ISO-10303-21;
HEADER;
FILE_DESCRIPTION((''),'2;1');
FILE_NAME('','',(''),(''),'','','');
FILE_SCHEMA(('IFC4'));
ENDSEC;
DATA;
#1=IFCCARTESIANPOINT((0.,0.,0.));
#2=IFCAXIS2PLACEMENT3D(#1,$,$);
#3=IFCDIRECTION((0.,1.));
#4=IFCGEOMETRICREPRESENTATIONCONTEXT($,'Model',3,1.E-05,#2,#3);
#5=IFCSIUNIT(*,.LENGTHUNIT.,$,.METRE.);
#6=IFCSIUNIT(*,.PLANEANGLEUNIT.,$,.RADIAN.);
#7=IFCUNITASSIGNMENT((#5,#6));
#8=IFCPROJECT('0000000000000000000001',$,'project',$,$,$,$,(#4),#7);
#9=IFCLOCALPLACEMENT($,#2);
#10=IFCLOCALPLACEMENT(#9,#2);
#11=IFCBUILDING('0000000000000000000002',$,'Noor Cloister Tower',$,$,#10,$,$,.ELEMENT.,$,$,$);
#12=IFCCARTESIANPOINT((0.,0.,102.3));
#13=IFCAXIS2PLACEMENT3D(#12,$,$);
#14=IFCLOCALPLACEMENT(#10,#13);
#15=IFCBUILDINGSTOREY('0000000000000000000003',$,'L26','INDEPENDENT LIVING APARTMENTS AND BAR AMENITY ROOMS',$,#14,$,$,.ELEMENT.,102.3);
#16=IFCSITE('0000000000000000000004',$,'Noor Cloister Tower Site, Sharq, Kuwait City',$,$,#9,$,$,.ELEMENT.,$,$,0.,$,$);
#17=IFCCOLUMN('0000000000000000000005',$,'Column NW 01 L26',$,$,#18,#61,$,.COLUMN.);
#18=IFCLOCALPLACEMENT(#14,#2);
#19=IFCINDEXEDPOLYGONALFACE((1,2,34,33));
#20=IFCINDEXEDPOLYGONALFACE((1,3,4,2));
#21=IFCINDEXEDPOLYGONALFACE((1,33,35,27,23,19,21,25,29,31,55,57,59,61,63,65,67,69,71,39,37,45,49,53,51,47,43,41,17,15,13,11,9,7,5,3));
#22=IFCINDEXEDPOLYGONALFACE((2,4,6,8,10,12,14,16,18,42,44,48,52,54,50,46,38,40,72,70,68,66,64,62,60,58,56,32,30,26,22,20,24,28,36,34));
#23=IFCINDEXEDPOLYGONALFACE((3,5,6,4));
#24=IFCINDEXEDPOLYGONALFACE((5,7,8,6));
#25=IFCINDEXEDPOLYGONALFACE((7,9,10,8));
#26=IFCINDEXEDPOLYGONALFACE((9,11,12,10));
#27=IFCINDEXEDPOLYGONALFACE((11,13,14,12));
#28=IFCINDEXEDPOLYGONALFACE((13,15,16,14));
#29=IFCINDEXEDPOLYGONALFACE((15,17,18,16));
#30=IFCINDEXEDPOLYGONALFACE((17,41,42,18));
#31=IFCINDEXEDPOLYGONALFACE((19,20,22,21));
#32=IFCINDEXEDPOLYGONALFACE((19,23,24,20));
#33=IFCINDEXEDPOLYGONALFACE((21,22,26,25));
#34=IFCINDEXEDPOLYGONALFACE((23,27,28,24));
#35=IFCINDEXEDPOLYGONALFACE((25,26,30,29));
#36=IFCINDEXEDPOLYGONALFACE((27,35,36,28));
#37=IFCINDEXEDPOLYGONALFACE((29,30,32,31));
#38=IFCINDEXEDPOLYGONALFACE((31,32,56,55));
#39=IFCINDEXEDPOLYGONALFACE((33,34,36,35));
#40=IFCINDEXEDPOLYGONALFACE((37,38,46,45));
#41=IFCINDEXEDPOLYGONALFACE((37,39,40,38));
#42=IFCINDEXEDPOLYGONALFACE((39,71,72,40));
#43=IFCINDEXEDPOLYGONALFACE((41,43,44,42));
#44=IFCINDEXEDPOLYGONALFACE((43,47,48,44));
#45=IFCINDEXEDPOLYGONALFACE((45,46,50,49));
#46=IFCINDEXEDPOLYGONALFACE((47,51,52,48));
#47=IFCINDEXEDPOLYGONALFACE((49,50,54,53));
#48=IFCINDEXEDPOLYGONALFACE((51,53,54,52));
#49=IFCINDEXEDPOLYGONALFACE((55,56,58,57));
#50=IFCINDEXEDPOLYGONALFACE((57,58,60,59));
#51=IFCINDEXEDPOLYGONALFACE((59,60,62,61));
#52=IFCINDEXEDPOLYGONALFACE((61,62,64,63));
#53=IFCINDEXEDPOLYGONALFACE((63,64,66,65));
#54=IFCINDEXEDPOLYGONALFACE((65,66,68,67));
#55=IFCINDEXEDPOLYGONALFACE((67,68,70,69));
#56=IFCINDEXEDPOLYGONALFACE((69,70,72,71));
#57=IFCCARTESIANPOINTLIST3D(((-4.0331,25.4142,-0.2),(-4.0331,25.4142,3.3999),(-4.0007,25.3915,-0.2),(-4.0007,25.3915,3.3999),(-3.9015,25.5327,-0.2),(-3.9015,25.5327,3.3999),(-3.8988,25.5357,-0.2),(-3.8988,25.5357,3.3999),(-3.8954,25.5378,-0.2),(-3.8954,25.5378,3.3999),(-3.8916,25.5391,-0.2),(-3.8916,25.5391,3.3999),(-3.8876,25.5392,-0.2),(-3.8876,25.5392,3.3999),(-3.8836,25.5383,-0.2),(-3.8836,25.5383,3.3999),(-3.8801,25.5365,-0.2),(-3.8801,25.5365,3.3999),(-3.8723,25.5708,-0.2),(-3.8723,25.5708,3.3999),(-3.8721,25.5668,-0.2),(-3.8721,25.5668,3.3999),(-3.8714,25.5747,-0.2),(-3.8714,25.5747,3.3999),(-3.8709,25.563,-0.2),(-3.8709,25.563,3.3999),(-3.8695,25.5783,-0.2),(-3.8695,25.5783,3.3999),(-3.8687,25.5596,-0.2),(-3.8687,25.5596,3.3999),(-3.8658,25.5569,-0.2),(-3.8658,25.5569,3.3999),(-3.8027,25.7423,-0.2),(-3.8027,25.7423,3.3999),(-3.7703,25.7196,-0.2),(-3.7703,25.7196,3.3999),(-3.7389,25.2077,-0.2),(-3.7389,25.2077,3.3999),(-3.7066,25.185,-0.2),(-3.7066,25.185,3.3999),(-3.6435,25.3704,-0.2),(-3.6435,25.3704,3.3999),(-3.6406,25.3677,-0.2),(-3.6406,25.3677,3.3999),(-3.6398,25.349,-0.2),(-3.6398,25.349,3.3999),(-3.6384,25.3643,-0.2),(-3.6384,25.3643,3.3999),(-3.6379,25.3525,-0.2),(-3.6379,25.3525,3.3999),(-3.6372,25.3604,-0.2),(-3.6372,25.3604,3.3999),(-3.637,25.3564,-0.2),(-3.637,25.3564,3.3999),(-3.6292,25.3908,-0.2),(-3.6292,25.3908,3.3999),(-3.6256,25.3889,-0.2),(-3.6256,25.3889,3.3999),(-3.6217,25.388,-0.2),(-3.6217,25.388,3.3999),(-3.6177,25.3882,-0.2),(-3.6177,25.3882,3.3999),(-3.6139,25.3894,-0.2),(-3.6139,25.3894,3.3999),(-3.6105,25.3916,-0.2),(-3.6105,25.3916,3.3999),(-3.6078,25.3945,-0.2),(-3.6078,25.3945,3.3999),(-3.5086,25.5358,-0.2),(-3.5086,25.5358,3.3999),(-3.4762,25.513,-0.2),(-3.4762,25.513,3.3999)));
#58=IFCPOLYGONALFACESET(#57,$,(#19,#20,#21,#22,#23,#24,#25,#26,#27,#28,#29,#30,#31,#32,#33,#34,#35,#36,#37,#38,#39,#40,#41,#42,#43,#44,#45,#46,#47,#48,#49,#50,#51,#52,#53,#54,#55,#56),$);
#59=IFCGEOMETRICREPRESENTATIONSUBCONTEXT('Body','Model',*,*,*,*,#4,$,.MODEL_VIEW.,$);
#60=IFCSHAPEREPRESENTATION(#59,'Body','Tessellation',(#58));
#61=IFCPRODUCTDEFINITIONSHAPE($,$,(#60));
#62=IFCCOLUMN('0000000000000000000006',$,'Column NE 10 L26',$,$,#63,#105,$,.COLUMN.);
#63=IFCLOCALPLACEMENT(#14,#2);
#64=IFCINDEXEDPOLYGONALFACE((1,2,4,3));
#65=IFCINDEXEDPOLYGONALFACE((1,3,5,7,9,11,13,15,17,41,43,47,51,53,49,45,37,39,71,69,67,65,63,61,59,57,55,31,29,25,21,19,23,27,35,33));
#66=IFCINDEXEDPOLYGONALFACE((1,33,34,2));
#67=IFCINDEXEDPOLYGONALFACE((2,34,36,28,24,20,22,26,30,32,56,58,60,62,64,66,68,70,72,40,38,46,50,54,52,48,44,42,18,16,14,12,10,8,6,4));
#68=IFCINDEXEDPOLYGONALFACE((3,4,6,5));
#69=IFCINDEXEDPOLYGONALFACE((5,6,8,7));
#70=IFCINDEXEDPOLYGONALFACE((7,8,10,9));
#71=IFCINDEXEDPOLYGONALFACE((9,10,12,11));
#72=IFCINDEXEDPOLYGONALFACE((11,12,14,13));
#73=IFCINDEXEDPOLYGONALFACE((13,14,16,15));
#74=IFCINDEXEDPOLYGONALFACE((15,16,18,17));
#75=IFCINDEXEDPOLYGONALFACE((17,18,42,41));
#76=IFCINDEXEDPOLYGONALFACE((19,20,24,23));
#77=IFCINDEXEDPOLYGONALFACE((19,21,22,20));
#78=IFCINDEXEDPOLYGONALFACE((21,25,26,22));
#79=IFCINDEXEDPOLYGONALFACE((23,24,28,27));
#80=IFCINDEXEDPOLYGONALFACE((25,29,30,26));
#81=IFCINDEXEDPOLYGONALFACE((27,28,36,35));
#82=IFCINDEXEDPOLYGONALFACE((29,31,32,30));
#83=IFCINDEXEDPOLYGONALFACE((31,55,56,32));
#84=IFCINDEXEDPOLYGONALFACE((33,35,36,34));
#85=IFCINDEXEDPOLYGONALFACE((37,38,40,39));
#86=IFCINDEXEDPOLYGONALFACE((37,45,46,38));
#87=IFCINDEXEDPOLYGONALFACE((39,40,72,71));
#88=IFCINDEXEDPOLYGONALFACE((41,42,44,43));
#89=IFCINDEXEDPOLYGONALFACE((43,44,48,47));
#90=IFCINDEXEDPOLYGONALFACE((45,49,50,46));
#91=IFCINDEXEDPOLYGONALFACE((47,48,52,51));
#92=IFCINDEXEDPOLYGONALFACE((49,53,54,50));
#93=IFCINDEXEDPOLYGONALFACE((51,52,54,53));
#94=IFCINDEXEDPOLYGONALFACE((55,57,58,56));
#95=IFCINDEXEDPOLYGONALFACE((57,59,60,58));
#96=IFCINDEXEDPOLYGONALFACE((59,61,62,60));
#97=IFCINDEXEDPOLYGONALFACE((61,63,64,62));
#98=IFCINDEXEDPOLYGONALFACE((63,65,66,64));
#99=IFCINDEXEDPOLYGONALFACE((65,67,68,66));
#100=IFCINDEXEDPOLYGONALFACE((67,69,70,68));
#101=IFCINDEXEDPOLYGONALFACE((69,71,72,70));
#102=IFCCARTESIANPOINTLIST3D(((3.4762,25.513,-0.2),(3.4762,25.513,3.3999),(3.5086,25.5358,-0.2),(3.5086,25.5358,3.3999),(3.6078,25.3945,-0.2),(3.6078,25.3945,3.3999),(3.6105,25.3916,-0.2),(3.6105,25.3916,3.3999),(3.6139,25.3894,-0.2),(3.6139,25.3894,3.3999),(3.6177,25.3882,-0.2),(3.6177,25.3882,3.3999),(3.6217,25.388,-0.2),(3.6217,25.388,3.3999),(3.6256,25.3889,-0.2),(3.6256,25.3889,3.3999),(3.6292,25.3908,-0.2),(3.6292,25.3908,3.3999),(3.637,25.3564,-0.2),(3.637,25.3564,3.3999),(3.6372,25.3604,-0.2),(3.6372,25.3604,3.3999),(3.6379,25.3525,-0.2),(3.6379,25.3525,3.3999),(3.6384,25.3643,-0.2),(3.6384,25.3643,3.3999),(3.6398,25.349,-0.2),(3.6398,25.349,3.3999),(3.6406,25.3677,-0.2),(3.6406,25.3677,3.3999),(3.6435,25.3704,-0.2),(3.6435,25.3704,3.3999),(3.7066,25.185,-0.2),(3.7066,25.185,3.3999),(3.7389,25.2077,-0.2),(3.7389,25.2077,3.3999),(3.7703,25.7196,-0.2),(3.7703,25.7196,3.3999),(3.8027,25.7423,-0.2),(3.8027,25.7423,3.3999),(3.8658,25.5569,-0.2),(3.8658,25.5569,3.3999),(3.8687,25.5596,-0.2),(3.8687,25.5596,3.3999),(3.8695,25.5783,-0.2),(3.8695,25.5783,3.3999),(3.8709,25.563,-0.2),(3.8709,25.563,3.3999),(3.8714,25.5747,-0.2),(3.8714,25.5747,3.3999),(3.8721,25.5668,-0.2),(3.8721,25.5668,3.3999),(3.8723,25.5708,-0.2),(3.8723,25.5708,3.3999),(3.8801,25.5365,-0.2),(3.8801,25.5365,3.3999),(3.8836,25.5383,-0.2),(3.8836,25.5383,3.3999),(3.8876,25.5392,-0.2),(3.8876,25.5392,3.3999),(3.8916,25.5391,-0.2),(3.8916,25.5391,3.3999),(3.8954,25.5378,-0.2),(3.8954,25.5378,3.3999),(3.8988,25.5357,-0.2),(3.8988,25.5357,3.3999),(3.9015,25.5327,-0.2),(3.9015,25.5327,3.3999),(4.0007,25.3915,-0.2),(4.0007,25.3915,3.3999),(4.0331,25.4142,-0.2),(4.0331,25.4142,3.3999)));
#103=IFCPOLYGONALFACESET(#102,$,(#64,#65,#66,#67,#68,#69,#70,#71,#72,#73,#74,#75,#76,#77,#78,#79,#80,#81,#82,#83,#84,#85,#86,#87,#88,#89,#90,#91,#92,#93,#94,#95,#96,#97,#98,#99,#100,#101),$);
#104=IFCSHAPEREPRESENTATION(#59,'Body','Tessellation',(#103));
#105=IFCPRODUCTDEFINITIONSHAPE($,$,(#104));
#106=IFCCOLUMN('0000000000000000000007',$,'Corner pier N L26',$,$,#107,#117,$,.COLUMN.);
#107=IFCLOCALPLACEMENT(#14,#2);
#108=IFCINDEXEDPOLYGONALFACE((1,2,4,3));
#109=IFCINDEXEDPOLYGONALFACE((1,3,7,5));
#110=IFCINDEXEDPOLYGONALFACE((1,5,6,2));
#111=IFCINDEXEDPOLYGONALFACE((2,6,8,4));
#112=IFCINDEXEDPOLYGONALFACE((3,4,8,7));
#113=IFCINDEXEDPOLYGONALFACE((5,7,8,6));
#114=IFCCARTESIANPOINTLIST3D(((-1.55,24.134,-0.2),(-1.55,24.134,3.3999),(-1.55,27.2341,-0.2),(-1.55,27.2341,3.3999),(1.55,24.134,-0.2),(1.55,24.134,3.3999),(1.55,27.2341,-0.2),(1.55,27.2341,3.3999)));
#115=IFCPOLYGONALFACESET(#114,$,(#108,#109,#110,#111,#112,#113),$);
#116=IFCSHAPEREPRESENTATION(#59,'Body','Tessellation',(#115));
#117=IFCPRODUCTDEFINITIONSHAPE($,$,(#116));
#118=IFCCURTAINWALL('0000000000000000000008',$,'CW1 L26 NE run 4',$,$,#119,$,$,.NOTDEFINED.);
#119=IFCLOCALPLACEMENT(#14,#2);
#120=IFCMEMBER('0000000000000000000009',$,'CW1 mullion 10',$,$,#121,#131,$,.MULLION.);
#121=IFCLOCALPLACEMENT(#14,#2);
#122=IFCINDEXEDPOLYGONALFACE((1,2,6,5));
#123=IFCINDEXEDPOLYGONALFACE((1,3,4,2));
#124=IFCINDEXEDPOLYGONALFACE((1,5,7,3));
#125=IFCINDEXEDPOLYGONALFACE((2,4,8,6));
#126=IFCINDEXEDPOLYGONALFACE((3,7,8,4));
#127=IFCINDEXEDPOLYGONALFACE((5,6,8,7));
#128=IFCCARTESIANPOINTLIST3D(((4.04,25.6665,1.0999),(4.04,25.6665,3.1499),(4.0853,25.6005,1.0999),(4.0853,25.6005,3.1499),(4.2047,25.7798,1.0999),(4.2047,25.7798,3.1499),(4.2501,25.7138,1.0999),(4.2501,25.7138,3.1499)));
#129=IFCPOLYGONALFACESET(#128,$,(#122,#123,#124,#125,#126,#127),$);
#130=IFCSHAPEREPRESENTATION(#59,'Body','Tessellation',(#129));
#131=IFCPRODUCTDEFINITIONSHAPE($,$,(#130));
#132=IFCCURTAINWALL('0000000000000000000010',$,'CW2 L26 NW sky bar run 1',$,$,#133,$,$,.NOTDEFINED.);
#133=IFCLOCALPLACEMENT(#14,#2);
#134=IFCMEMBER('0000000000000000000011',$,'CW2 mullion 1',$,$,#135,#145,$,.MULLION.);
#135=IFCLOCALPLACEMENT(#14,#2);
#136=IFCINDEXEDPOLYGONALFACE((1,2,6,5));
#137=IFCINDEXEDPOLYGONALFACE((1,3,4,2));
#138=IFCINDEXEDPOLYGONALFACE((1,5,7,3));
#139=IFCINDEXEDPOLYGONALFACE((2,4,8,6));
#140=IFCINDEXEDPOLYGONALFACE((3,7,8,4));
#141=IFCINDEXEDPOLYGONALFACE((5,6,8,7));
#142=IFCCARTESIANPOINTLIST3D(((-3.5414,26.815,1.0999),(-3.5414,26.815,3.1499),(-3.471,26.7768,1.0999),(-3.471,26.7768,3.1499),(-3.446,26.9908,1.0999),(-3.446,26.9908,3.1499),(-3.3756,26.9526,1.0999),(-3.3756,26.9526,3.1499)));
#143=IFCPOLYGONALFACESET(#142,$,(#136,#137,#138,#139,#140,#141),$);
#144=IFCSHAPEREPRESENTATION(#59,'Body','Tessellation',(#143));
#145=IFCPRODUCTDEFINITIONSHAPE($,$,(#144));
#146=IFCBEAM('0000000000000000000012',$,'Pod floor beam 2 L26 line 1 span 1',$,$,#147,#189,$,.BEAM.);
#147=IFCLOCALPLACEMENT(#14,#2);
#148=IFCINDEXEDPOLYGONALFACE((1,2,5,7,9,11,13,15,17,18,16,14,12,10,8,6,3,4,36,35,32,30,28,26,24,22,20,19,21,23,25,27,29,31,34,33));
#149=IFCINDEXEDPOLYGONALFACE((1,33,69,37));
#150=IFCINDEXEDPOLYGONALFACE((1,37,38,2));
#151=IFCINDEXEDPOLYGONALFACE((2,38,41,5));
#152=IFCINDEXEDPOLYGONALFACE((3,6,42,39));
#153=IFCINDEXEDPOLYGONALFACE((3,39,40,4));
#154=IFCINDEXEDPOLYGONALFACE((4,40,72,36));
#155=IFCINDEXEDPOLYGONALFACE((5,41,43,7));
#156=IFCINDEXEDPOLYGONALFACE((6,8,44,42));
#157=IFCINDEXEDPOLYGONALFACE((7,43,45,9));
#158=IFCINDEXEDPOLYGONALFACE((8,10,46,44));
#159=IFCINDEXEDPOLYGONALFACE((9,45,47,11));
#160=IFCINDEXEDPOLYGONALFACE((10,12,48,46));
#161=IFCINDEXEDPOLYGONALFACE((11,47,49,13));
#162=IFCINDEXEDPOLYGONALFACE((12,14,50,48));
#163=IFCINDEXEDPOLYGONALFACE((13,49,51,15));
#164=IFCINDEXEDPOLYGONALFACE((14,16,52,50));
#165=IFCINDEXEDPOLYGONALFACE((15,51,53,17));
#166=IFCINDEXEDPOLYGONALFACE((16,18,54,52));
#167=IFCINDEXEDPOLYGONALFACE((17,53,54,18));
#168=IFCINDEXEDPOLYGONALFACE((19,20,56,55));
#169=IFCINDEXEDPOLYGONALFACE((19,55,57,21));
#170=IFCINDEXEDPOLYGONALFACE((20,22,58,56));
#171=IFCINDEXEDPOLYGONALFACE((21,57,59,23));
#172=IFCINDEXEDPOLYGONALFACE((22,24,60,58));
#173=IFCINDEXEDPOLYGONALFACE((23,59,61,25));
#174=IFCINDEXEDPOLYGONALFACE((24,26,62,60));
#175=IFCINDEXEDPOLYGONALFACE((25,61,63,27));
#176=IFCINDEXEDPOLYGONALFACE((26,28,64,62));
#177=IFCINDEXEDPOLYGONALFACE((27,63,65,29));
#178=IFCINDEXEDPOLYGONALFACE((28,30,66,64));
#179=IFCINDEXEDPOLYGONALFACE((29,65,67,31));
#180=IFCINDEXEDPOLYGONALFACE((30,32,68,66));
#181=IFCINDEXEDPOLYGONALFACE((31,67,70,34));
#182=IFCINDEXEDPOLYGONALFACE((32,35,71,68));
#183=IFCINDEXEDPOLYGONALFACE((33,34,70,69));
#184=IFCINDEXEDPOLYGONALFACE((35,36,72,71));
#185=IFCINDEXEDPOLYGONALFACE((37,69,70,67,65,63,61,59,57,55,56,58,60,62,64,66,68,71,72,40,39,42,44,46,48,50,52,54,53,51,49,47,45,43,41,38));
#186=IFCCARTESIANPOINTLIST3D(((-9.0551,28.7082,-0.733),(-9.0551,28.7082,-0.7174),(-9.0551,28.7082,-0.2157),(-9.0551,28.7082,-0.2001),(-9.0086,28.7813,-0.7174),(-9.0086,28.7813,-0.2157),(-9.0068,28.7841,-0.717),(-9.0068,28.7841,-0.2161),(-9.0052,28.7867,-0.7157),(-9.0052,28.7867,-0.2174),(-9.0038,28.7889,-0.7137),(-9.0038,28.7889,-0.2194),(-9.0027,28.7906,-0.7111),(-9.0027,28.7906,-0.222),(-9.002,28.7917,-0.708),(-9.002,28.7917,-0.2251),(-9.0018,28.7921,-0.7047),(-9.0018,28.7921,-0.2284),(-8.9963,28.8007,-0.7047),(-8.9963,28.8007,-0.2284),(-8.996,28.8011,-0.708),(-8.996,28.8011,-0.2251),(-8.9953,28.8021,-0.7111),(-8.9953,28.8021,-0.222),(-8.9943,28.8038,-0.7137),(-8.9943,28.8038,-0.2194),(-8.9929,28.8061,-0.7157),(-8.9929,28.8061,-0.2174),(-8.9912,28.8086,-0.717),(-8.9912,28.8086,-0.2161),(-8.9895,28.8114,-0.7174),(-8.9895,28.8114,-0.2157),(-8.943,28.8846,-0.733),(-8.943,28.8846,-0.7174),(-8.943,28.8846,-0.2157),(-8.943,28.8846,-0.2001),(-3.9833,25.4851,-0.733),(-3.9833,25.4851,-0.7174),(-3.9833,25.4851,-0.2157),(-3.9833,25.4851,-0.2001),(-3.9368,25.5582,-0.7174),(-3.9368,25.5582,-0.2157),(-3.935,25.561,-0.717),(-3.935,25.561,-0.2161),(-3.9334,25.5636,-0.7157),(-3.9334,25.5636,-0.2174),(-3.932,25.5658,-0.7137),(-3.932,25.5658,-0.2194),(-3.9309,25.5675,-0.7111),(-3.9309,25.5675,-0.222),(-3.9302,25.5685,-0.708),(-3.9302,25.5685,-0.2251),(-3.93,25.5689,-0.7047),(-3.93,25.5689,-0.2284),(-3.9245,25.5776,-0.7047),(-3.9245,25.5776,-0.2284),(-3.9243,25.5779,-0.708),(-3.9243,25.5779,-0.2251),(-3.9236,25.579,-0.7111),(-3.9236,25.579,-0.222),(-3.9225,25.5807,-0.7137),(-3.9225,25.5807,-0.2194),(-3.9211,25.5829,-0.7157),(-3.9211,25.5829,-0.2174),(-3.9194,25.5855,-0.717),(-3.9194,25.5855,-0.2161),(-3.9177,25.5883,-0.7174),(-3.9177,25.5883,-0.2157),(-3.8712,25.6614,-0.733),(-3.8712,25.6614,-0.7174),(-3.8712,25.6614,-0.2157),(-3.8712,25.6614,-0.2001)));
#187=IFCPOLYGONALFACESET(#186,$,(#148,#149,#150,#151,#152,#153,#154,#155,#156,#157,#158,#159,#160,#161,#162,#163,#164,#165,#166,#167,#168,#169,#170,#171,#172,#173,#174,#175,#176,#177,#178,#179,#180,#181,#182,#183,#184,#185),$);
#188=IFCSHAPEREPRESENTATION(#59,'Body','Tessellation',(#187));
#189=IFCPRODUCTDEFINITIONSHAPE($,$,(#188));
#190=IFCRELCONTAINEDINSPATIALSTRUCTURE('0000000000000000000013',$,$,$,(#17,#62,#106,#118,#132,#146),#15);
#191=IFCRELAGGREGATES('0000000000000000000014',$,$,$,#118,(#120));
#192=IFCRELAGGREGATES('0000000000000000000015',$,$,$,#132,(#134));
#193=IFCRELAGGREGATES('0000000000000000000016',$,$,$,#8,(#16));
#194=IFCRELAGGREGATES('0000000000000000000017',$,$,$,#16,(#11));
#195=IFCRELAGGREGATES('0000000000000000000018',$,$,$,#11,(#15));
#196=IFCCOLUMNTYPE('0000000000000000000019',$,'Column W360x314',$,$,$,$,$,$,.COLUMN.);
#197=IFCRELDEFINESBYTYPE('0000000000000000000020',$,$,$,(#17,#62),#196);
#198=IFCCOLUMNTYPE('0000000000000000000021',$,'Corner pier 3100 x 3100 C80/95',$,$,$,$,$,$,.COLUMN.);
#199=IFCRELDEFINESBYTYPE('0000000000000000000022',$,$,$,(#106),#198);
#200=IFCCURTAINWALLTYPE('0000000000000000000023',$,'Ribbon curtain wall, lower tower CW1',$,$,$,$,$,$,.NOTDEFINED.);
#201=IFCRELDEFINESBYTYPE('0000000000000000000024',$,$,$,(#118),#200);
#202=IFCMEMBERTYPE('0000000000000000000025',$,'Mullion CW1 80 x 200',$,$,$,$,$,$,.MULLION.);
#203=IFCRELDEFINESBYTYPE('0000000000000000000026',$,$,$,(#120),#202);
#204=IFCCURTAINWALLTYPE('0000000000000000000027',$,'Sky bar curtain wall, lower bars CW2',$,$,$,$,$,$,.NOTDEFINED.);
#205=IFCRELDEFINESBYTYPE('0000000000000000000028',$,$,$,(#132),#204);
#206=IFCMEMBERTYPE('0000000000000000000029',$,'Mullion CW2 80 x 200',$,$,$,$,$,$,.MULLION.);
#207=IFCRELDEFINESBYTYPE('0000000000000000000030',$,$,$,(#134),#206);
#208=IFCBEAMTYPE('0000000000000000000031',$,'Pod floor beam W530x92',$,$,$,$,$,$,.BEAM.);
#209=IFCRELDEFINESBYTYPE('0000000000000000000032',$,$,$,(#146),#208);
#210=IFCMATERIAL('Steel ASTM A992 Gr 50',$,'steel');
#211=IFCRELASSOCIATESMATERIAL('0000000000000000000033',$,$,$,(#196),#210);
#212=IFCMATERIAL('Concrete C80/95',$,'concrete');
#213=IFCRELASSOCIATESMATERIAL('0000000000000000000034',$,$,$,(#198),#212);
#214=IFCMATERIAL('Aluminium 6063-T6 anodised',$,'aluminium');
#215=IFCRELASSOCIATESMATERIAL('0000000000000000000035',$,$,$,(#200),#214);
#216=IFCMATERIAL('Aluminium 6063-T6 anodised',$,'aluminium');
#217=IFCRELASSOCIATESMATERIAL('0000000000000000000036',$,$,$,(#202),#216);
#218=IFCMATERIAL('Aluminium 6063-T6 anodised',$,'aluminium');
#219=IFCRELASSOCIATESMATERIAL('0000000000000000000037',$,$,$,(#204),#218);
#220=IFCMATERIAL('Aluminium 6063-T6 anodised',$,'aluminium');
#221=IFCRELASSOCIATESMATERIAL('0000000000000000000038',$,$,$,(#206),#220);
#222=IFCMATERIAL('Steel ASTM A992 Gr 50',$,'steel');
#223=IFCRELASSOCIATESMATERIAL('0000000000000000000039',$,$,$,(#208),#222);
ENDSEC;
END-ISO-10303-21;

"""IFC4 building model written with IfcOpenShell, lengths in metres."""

from ifc_helpers import new_model, si_unit, direction, frame, origin, origin_2d, place, context, subcontext, project, spatial, rectangle, i_section, extrude, material, material_profile, profile_set, type_object, element, aggregate, save


model = new_model("IFC4")

# Units and contexts
model_context = context("Model", 3, precision=1e-05, world=origin(), true_north=direction((0.0, 1.0)))
body_context = subcontext(model_context, "Body", "Model", "MODEL_VIEW")
ifc_project = project(units=[si_unit("LENGTHUNIT", "METRE"), si_unit("PLANEANGLEUNIT", "RADIAN")], contexts=[model_context])

# Site, building, storey
site_placement = place(None, origin())
site = spatial("IfcSite", under=ifc_project, at=site_placement, Name="Noor Cloister Tower Site, Sharq, Kuwait City", CompositionType="ELEMENT", RefElevation=0.0)
building_placement = place(site_placement, origin())
building = spatial("IfcBuilding", under=site, at=building_placement, Name="Noor Cloister Tower", CompositionType="ELEMENT")
storey_placement = place(building_placement, frame((0.0, 0.0, 102.3)))
storey = spatial("IfcBuildingStorey", under=building, at=storey_placement, Name="L26", Description="INDEPENDENT LIVING APARTMENTS AND BAR AMENITY ROOMS", CompositionType="ELEMENT", Elevation=102.3)

# Columns
ifc_material_1 = material(Name="Steel ASTM A992 Gr 50", Category="steel")
ifc_material_profile_1 = material_profile(ifc_material_1, i_section(OverallWidth=0.4009, OverallDepth=0.3989, WebThickness=0.0249, FlangeThickness=0.0396, FilletRadius=0.0154, at=origin_2d()), Name="W360x314")
ifc_profile_set_1 = profile_set([ifc_material_profile_1], Name="Steel ASTM A992 Gr 50")
column_type_1 = type_object("IfcColumnType", Name="Column W360x314", PredefinedType="COLUMN", material=ifc_profile_set_1)
for number, where, z_axis, x_axis, name in (
    (1, (-3.7546, 25.4636, -0.2), (0.0, 0.0, 1.0), (-0.574648, -0.818401, 0.0), "Column NW 01 L26"),
    (2, (3.7546, 25.4636, -0.2), (0.0, 0.0, 1.0), (-0.574648, 0.818401, 0.0), "Column NE 10 L26"),
):
    element("IfcColumn", number, at=place(storey_placement, frame(where, z_axis=z_axis, x_axis=x_axis)), inside=storey, type_object=column_type_1, Name=name, PredefinedType="COLUMN", context=body_context, shape_type="SweptSolid", body=[
        extrude(i_section(OverallWidth=0.4009, OverallDepth=0.3989, WebThickness=0.0249, FlangeThickness=0.0396, FilletRadius=0.0154, at=origin_2d()), origin(), (0.0, 0.0, 1.0), 3.5999),
    ])
ifc_material_2 = material(Name="Concrete C80/95", Category="concrete")
ifc_material_profile_2 = material_profile(ifc_material_2, rectangle(XDim=3.1001, YDim=3.1001, at=origin_2d()), Name="RC 3100x3100")
ifc_profile_set_2 = profile_set([ifc_material_profile_2], Name="Concrete C80/95")
column_type_2 = type_object("IfcColumnType", Name="Corner pier 3100 x 3100 C80/95", PredefinedType="COLUMN", material=ifc_profile_set_2)
column_placement = place(storey_placement, frame((0.0, 25.6841, -0.2), z_axis=(0.0, 0.0, 1.0), x_axis=(0.0, 1.0, 0.0)))
element("IfcColumn", 3, at=column_placement, inside=storey, type_object=column_type_2, Name="Corner pier N L26", PredefinedType="COLUMN", context=body_context, shape_type="SweptSolid", body=[
    extrude(rectangle(XDim=3.1001, YDim=3.1001, at=origin_2d()), origin(), (0.0, 0.0, 1.0), 3.5999),
])

# Curtain walls, members
ifc_material_3 = material(Name="Aluminium 6063-T6 anodised", Category="aluminium")
curtain_wall_type_1 = type_object("IfcCurtainWallType", Name="Ribbon curtain wall, lower tower CW1", PredefinedType="NOTDEFINED", material=ifc_material_3)
curtain_wall_1_placement = place(storey_placement, origin())
curtain_wall_1 = element("IfcCurtainWall", 4, at=curtain_wall_1_placement, inside=storey, type_object=curtain_wall_type_1, Name="CW1 L26 NE run 4", PredefinedType="NOTDEFINED")
ifc_material_4 = material(Name="Aluminium 6063-T6 anodised", Category="aluminium")
ifc_material_profile_3 = material_profile(ifc_material_4, rectangle(XDim=0.2, YDim=0.0801, at=origin_2d()), Name="200 x 80 mullion")
ifc_profile_set_3 = profile_set([ifc_material_profile_3], Name="Aluminium 6063-T6 anodised")
member_type_1 = type_object("IfcMemberType", Name="Mullion CW1 80 x 200", PredefinedType="MULLION", material=ifc_profile_set_3)
member_1_placement = place(storey_placement, frame((4.145, 25.6902, 1.0999), z_axis=(0.0, 0.0, 1.0), x_axis=(-0.824017, -0.566566, 0.0)))
member_1 = element("IfcMember", 5, at=member_1_placement, type_object=member_type_1, Name="CW1 mullion 10", PredefinedType="MULLION", context=body_context, shape_type="SweptSolid", body=[
    extrude(rectangle(XDim=0.2, YDim=0.0801, at=origin_2d()), origin(), (0.0, 0.0, 1.0), 2.05),
])
aggregate(curtain_wall_1, [member_1])
ifc_material_5 = material(Name="Aluminium 6063-T6 anodised", Category="aluminium")
curtain_wall_type_2 = type_object("IfcCurtainWallType", Name="Sky bar curtain wall, lower bars CW2", PredefinedType="NOTDEFINED", material=ifc_material_5)
curtain_wall_2_placement = place(storey_placement, origin())
curtain_wall_2 = element("IfcCurtainWall", 6, at=curtain_wall_2_placement, inside=storey, type_object=curtain_wall_type_2, Name="CW2 L26 NW sky bar run 1", PredefinedType="NOTDEFINED")
ifc_material_6 = material(Name="Aluminium 6063-T6 anodised", Category="aluminium")
ifc_material_profile_4 = material_profile(ifc_material_6, rectangle(XDim=0.2, YDim=0.0801, at=origin_2d()), Name="200 x 80 mullion")
ifc_profile_set_4 = profile_set([ifc_material_profile_4], Name="Aluminium 6063-T6 anodised")
member_type_2 = type_object("IfcMemberType", Name="Mullion CW2 80 x 200", PredefinedType="MULLION", material=ifc_profile_set_4)
member_2_placement = place(storey_placement, frame((-3.4585, 26.8838, 1.0999), z_axis=(0.0, 0.0, 1.0), x_axis=(-0.476734, -0.879048, 0.0)))
member_2 = element("IfcMember", 7, at=member_2_placement, type_object=member_type_2, Name="CW2 mullion 1", PredefinedType="MULLION", context=body_context, shape_type="SweptSolid", body=[
    extrude(rectangle(XDim=0.2, YDim=0.0801, at=origin_2d()), origin(), (0.0, 0.0, 1.0), 2.05),
])

# Beam
ifc_material_7 = material(Name="Steel ASTM A992 Gr 50", Category="steel")
ifc_material_profile_5 = material_profile(ifc_material_7, i_section(OverallWidth=0.209, OverallDepth=0.533, WebThickness=0.0103, FlangeThickness=0.0156, FilletRadius=0.0127, at=origin_2d()), Name="W530x92")
ifc_profile_set_5 = profile_set([ifc_material_profile_5], Name="Steel ASTM A992 Gr 50")
beam_type_1 = type_object("IfcBeamType", Name="Pod floor beam W530x92", PredefinedType="BEAM", material=ifc_profile_set_5)
beam_1_placement = place(storey_placement, frame((-3.9272, 25.5732, -0.4666), z_axis=(-0.843989, 0.53636, 0.0), x_axis=(-0.53636, -0.843989, 0.0)))
element("IfcBeam", 8, at=beam_1_placement, inside=storey, type_object=beam_type_1, Name="Pod floor beam 2 L26 line 1 span 1", PredefinedType="BEAM", context=body_context, shape_type="SweptSolid", body=[
    extrude(i_section(OverallWidth=0.209, OverallDepth=0.533, WebThickness=0.0103, FlangeThickness=0.0156, FilletRadius=0.0127, at=origin_2d()), origin(), (0.0, 0.0, 1.0), 6.0093),
])

aggregate(curtain_wall_2, [member_2])

save(model, "model.ifc")
